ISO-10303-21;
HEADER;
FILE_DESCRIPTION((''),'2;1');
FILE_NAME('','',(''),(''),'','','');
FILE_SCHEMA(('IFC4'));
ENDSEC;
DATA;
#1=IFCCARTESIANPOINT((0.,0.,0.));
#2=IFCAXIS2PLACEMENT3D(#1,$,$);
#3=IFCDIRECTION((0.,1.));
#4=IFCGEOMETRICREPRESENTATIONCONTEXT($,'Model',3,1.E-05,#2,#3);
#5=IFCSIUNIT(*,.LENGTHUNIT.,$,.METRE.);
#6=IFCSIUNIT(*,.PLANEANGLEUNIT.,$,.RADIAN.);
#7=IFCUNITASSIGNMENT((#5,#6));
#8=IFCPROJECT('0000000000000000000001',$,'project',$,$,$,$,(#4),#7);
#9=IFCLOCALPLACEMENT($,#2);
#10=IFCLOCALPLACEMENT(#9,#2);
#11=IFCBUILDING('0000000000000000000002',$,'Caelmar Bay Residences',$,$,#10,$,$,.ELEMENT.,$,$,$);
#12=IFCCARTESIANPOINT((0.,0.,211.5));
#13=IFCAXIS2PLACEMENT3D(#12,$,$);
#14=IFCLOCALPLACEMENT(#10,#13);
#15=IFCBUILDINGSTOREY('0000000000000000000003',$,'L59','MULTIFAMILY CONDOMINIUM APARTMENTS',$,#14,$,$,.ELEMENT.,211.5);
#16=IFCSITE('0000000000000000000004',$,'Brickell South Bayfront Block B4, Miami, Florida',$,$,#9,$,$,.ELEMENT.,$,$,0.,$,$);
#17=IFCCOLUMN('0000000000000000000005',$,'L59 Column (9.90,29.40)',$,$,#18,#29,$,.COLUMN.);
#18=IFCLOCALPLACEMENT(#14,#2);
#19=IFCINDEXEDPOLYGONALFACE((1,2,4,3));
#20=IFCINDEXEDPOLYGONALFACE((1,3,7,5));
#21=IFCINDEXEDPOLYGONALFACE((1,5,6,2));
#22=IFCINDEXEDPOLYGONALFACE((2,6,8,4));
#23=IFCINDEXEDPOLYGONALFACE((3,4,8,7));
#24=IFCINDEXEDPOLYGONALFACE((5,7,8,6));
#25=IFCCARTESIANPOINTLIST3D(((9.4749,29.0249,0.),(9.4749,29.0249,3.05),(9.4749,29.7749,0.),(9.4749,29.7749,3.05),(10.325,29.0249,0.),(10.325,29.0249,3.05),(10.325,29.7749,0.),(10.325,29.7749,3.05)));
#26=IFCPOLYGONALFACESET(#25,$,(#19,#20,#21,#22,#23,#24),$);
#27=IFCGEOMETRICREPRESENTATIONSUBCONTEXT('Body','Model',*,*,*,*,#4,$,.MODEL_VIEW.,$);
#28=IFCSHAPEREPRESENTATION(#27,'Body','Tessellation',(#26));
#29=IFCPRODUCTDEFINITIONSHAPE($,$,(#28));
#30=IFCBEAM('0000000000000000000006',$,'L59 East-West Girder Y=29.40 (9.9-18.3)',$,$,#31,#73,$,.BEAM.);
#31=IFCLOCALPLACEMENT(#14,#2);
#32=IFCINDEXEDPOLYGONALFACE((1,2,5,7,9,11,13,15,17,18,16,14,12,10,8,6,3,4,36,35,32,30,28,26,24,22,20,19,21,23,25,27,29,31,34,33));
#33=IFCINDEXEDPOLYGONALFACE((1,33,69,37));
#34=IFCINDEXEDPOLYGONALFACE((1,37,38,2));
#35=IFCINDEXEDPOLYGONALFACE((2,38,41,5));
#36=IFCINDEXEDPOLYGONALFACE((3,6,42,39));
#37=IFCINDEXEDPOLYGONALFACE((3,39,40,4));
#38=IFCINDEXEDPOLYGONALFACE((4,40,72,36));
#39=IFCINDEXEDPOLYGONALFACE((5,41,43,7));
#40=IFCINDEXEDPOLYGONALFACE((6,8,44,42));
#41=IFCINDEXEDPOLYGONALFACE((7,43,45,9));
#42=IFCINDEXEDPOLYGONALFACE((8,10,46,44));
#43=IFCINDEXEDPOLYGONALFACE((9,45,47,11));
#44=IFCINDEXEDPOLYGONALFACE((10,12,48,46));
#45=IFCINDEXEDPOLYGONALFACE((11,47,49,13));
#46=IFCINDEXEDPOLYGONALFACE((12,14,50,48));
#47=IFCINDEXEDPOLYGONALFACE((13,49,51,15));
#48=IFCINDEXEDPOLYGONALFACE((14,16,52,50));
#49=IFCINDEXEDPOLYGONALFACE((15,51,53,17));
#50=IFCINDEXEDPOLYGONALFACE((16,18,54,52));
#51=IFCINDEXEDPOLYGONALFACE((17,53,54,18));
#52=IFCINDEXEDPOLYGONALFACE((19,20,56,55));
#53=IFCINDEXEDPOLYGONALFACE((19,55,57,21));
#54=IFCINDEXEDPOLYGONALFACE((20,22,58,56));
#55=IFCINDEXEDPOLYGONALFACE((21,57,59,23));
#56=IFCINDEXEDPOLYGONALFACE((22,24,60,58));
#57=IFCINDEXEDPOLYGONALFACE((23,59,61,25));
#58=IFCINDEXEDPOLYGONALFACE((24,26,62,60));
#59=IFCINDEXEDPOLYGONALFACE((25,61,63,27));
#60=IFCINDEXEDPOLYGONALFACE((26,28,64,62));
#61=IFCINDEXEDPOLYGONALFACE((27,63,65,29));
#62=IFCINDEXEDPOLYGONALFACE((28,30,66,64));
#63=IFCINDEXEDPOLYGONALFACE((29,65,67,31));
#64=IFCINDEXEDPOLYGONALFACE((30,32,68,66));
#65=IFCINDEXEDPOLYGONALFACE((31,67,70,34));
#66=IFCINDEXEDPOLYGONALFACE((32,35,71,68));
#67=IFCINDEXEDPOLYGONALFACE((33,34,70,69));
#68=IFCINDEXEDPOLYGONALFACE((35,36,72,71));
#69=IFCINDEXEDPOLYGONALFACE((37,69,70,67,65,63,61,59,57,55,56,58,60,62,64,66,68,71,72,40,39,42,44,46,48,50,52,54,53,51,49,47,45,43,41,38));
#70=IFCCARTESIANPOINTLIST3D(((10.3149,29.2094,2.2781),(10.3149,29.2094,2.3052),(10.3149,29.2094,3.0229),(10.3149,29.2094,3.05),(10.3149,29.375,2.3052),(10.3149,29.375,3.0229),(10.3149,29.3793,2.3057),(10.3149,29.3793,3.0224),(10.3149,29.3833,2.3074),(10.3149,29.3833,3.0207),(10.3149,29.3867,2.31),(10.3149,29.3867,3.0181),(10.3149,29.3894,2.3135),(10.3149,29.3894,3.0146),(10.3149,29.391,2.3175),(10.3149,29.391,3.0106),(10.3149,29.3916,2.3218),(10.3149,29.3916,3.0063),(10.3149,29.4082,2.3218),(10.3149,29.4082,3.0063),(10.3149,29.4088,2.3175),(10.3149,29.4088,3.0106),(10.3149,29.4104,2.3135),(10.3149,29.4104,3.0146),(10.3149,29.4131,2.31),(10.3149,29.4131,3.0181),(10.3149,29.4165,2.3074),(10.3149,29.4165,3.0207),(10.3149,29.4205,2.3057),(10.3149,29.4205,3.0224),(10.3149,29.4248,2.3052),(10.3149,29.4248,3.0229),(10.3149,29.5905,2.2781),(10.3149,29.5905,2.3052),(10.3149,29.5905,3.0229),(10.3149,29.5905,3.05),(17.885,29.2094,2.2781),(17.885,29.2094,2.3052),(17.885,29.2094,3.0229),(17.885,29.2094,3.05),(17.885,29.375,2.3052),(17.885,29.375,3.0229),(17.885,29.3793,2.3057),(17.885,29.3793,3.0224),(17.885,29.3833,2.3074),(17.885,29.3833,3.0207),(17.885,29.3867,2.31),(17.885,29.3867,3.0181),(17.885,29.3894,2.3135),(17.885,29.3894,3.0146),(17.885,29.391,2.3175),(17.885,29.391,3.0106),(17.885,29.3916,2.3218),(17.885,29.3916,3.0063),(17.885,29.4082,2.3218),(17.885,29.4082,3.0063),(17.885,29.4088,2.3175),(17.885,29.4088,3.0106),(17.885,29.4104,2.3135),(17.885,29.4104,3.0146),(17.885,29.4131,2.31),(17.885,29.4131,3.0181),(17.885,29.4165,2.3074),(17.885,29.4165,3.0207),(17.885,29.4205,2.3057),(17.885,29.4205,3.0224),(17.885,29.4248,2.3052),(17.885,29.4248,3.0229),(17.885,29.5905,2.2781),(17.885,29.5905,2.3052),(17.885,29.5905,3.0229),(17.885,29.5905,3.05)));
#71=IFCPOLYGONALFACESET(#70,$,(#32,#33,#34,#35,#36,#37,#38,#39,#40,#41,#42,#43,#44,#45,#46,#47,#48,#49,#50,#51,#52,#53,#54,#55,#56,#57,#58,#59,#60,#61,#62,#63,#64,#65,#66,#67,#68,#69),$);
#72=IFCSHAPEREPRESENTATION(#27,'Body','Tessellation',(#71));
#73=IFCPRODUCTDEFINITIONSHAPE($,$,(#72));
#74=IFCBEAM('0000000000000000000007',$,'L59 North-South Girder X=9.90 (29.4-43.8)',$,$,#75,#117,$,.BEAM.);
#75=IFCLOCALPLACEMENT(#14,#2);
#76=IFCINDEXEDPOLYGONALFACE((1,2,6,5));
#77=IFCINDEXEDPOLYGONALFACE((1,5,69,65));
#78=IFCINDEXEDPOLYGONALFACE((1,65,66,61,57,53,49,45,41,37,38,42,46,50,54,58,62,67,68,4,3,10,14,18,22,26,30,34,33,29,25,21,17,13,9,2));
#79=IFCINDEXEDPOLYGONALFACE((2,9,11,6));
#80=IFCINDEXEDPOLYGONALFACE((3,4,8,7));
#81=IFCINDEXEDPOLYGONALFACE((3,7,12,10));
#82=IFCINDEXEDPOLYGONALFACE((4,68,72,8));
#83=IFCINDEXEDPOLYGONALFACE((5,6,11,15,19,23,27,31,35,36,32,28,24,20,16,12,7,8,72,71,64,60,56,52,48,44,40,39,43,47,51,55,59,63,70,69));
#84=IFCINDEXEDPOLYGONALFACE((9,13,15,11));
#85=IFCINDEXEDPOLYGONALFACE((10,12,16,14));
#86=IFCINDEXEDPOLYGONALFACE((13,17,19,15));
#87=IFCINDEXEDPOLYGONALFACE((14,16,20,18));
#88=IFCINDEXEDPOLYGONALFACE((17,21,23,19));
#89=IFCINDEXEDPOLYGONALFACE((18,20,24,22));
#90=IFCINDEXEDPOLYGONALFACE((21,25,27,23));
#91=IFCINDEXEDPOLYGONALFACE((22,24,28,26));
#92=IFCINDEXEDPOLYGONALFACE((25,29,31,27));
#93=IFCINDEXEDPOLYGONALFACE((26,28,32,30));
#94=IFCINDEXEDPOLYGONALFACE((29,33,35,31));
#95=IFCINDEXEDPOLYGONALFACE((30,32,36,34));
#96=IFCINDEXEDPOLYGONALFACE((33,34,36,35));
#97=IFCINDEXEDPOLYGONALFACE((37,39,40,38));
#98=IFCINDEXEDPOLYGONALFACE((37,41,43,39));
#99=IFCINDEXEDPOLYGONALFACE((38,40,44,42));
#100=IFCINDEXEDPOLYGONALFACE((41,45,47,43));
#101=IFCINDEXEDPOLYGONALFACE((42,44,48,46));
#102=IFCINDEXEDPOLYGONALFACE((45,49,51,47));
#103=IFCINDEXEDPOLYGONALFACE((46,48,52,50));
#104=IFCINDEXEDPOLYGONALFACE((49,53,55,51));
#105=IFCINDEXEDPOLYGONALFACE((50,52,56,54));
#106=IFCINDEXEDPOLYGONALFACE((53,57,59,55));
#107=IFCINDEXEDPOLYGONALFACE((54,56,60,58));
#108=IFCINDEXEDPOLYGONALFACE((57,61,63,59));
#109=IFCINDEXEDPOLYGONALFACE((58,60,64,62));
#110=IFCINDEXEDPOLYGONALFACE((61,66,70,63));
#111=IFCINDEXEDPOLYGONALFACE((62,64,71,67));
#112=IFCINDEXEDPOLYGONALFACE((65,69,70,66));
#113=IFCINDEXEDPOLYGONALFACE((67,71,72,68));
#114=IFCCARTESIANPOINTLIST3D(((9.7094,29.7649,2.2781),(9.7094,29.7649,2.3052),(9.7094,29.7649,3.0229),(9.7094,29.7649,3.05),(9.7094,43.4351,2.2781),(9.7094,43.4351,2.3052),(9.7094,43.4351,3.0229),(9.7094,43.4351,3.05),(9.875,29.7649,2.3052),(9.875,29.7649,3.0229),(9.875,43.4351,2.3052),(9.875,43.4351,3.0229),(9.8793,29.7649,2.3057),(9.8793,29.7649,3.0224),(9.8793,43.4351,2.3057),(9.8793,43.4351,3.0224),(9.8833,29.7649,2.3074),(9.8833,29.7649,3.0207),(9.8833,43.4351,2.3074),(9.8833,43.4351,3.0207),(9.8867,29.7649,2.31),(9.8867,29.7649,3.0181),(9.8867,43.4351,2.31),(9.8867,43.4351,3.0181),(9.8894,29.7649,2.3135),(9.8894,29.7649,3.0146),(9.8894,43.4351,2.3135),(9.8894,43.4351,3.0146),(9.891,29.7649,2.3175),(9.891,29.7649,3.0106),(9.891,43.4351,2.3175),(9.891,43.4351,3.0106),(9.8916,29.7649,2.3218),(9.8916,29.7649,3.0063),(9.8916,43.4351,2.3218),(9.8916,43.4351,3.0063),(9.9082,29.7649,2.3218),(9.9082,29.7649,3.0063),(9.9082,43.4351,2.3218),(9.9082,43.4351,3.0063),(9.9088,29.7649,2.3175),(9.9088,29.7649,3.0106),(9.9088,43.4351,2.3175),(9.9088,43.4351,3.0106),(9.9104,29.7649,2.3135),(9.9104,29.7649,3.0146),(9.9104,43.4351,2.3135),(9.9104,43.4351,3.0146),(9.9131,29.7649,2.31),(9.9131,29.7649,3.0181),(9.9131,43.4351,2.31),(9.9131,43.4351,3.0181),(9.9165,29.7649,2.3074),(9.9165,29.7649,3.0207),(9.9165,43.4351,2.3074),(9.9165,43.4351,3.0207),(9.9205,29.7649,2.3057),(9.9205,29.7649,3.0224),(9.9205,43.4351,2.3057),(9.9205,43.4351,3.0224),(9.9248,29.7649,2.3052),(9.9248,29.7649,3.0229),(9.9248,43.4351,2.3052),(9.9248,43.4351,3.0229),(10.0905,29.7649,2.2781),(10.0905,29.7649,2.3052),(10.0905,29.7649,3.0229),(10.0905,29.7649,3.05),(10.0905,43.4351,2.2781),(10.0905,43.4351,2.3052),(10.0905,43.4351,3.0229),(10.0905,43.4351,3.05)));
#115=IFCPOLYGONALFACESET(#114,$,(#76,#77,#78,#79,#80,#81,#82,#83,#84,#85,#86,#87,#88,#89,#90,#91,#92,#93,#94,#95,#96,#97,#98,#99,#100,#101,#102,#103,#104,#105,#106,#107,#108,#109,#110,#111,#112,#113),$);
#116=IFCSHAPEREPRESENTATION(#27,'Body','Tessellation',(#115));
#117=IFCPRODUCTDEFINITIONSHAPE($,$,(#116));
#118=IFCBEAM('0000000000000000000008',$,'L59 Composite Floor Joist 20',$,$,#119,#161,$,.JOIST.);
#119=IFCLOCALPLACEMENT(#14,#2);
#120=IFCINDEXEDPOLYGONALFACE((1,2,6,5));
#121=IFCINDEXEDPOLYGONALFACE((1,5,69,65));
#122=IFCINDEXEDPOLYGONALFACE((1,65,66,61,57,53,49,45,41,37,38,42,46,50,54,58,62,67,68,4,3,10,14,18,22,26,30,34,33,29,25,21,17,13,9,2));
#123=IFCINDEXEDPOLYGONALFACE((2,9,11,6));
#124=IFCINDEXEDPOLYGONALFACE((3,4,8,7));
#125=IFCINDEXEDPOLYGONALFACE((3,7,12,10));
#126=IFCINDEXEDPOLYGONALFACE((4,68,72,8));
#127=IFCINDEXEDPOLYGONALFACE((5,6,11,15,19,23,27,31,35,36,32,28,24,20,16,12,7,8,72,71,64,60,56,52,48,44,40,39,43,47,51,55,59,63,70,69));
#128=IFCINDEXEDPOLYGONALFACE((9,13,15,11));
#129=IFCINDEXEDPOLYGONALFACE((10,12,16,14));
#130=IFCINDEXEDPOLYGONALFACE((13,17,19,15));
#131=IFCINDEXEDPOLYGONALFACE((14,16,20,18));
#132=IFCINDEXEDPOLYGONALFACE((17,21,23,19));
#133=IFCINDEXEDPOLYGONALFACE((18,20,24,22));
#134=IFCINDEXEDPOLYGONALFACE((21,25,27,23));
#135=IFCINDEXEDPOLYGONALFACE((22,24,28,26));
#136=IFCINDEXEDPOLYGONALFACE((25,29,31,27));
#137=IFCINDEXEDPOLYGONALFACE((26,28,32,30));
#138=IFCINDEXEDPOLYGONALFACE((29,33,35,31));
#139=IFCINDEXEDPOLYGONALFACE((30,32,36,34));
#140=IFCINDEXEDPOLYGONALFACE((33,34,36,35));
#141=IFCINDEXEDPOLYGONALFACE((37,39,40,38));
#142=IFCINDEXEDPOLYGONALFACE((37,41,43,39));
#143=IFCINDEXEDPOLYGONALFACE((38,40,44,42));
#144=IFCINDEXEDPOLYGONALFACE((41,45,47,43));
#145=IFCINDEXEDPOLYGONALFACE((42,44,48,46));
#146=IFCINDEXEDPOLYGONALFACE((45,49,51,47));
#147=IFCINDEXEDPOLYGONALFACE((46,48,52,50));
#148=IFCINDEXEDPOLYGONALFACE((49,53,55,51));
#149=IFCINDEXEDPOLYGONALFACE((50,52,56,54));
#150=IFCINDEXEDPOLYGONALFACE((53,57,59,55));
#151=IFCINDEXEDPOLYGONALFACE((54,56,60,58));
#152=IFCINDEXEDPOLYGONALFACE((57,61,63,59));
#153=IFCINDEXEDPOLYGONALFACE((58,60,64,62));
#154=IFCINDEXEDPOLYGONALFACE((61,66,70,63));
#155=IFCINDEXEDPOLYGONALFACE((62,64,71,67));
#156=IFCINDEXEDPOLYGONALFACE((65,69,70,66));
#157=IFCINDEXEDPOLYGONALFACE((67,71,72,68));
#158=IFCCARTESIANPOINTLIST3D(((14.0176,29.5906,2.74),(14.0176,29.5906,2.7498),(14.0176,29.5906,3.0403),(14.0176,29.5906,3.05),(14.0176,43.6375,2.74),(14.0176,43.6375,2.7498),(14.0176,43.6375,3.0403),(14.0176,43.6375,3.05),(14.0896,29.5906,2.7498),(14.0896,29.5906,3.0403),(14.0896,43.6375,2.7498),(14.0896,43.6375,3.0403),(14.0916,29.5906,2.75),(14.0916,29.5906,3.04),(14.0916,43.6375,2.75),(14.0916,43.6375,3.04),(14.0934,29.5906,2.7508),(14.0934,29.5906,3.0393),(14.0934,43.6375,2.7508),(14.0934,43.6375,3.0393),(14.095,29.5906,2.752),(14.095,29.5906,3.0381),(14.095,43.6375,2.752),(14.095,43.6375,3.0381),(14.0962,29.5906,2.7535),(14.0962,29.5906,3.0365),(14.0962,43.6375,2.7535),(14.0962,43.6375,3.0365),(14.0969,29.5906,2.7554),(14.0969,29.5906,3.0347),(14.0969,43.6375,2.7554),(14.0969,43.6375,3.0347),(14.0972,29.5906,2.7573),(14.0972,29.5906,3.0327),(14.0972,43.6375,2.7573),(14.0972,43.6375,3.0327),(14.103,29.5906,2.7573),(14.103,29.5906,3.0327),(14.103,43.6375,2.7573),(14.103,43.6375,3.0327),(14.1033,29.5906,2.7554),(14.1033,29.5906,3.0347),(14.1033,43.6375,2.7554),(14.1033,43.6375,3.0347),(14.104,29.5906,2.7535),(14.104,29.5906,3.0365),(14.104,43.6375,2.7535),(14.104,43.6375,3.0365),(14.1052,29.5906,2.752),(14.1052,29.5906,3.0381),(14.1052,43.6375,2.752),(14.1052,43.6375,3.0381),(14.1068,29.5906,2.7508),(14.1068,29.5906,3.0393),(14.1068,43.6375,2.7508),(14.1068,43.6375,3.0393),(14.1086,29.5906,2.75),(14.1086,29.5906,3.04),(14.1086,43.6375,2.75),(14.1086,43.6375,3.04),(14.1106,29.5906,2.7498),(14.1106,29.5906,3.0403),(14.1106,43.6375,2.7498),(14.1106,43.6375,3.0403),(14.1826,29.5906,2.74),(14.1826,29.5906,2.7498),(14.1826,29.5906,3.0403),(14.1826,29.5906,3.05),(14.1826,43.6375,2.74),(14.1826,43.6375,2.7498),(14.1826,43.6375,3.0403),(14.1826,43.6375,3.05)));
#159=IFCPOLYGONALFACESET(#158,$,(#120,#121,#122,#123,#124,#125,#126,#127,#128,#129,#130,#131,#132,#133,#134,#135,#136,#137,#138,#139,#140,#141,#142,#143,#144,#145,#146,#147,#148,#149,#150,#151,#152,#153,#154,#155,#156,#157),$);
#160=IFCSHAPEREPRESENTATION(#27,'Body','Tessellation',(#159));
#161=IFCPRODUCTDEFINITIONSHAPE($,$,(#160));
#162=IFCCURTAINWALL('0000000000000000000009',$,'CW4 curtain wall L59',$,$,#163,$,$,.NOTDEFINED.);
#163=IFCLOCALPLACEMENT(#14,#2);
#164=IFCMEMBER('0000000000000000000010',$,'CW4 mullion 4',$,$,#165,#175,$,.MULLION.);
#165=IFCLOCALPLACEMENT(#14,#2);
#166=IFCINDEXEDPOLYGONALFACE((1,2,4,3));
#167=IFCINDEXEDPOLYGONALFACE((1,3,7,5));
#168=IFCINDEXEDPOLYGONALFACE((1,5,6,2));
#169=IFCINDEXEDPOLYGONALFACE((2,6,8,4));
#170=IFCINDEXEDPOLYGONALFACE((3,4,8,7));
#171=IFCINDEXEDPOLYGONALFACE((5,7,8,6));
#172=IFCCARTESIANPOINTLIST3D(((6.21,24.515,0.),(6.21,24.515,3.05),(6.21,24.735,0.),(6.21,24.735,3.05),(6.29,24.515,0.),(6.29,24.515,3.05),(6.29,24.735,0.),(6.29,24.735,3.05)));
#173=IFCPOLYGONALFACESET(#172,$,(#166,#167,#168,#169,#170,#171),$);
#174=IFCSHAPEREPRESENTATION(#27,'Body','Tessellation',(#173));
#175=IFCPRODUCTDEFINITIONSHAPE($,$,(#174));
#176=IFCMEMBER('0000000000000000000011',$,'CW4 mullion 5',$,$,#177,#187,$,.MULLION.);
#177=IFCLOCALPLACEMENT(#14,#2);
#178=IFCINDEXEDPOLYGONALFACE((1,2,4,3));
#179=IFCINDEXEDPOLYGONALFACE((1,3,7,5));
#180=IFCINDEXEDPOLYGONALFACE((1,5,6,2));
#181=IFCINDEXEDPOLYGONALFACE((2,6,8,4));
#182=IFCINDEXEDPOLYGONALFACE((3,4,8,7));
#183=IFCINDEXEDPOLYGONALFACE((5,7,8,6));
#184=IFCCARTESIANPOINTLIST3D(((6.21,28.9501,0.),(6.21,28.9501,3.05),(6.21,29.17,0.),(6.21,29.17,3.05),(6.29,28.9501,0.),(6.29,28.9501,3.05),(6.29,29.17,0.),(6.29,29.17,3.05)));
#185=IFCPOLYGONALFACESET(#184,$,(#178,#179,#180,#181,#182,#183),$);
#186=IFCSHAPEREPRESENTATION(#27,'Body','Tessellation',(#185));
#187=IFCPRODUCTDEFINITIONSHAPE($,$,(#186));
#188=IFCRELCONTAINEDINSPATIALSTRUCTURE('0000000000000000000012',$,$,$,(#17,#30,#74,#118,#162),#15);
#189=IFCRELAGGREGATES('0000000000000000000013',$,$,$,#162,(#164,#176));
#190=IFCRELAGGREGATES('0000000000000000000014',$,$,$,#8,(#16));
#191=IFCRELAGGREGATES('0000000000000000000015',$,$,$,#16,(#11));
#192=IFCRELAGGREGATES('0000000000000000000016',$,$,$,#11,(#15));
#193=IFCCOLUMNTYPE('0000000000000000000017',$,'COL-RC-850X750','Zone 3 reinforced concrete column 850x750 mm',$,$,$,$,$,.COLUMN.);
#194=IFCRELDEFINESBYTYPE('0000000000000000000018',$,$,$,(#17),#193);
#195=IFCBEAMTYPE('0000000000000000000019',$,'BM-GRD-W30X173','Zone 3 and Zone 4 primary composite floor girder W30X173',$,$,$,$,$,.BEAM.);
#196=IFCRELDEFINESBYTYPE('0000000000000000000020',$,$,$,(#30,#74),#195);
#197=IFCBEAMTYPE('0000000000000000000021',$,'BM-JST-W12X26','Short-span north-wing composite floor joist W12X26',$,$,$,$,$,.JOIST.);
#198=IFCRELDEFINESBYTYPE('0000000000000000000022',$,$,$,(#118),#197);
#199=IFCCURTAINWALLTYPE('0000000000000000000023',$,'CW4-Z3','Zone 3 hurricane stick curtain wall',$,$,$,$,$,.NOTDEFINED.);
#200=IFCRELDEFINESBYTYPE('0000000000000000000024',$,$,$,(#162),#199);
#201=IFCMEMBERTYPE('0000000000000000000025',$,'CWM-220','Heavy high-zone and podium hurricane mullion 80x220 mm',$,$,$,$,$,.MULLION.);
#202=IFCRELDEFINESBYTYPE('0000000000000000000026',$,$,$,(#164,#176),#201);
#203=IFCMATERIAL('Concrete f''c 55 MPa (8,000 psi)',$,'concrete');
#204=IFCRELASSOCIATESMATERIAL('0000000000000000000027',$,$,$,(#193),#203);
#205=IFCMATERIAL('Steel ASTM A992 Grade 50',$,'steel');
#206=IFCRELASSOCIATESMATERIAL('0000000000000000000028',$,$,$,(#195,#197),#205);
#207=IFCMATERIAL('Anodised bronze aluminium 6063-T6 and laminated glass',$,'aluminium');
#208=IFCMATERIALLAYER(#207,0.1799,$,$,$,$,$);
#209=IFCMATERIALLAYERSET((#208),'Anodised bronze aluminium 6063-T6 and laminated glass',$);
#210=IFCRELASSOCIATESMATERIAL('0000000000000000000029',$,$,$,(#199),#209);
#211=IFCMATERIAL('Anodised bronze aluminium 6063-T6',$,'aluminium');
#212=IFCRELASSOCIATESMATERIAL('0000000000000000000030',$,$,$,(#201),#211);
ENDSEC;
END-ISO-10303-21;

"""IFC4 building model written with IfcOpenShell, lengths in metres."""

from ifc_helpers import new_model, si_unit, direction, frame, origin, origin_2d, place, context, subcontext, project, spatial, rectangle, i_section, extrude, material, layer, layer_set, material_profile, profile_set, type_object, element, aggregate, save


model = new_model("IFC4")

# Units and contexts
model_context = context("Model", 3, precision=1e-05, world=origin(), true_north=direction((0.0, 1.0)))
body_context = subcontext(model_context, "Body", "Model", "MODEL_VIEW")
ifc_project = project(units=[si_unit("LENGTHUNIT", "METRE"), si_unit("PLANEANGLEUNIT", "RADIAN")], contexts=[model_context])

# Site, building, storey
site_placement = place(None, origin())
site = spatial("IfcSite", under=ifc_project, at=site_placement, Name="Brickell South Bayfront Block B4, Miami, Florida", CompositionType="ELEMENT", RefElevation=0.0)
building_placement = place(site_placement, origin())
building = spatial("IfcBuilding", under=site, at=building_placement, Name="Caelmar Bay Residences", CompositionType="ELEMENT")
storey_placement = place(building_placement, frame((0.0, 0.0, 211.5)))
storey = spatial("IfcBuildingStorey", under=building, at=storey_placement, Name="L59", Description="MULTIFAMILY CONDOMINIUM APARTMENTS", CompositionType="ELEMENT", Elevation=211.5)

# Column
ifc_material_1 = material(Name="Concrete f'c 55 MPa (8,000 psi)", Category="concrete")
ifc_material_profile_1 = material_profile(ifc_material_1, rectangle(XDim=0.8501, YDim=0.75, at=origin_2d()), Name="RC-COL-850X750")
ifc_profile_set_1 = profile_set([ifc_material_profile_1], Name="Concrete f'c 55 MPa (8,000 psi)")
column_type = type_object("IfcColumnType", Name="COL-RC-850X750", Description="Zone 3 reinforced concrete column 850x750 mm", PredefinedType="COLUMN", material=ifc_profile_set_1)
column_placement = place(storey_placement, frame((9.8999, 29.3999, 0.0), z_axis=(0.0, 0.0, 1.0), x_axis=(1.0, 0.0, 0.0)))
element("IfcColumn", 1, at=column_placement, inside=storey, type_object=column_type, Name="L59 Column (9.90,29.40)", PredefinedType="COLUMN", context=body_context, shape_type="SweptSolid", body=[
    extrude(rectangle(XDim=0.8501, YDim=0.75, at=origin_2d()), origin(), (0.0, 0.0, 1.0), 3.05),
])

# Beams
ifc_material_2 = material(Name="Steel ASTM A992 Grade 50", Category="steel")
ifc_material_profile_2 = material_profile(ifc_material_2, i_section(OverallWidth=0.3811, OverallDepth=0.772, WebThickness=0.0166, FlangeThickness=0.0271, FilletRadius=0.0166, at=origin_2d()), Name="W30X173")
ifc_profile_set_2 = profile_set([ifc_material_profile_2], Name="Steel ASTM A992 Grade 50")
beam_type_1 = type_object("IfcBeamType", Name="BM-GRD-W30X173", Description="Zone 3 and Zone 4 primary composite floor girder W30X173", PredefinedType="BEAM", material=ifc_profile_set_2)
beam_1_placement = place(storey_placement, frame((10.3149, 29.3999, 2.6641), z_axis=(1.0, 0.0, 0.0), x_axis=(0.0, 1.0, 0.0)))
element("IfcBeam", 2, at=beam_1_placement, inside=storey, type_object=beam_type_1, Name="L59 East-West Girder Y=29.40 (9.9-18.3)", PredefinedType="BEAM", context=body_context, shape_type="SweptSolid", body=[
    extrude(i_section(OverallWidth=0.3811, OverallDepth=0.772, WebThickness=0.0166, FlangeThickness=0.0271, FilletRadius=0.0166, at=origin_2d()), origin(), (0.0, 0.0, 1.0), 7.5701),
])
beam_2_placement = place(storey_placement, frame((9.8999, 29.7649, 2.6641), z_axis=(0.0, 1.0, 0.0), x_axis=(-1.0, 0.0, 0.0)))
element("IfcBeam", 3, at=beam_2_placement, inside=storey, type_object=beam_type_1, Name="L59 North-South Girder X=9.90 (29.4-43.8)", PredefinedType="BEAM", context=body_context, shape_type="SweptSolid", body=[
    extrude(i_section(OverallWidth=0.3811, OverallDepth=0.772, WebThickness=0.0166, FlangeThickness=0.0271, FilletRadius=0.0166, at=origin_2d()), origin(), (0.0, 0.0, 1.0), 13.6702),
])
ifc_material_profile_3 = material_profile(ifc_material_2, i_section(OverallWidth=0.165, OverallDepth=0.3101, WebThickness=0.0059, FlangeThickness=0.0098, FilletRadius=0.0076, at=origin_2d()), Name="W12X26")
ifc_profile_set_3 = profile_set([ifc_material_profile_3], Name="Steel ASTM A992 Grade 50")
beam_type_2 = type_object("IfcBeamType", Name="BM-JST-W12X26", Description="Short-span north-wing composite floor joist W12X26", PredefinedType="JOIST", material=ifc_profile_set_3)
beam_3_placement = place(storey_placement, frame((14.1001, 29.5906, 2.895), z_axis=(0.0, 1.0, 0.0), x_axis=(-1.0, 0.0, 0.0)))
element("IfcBeam", 4, at=beam_3_placement, inside=storey, type_object=beam_type_2, Name="L59 Composite Floor Joist 20", PredefinedType="JOIST", context=body_context, shape_type="SweptSolid", body=[
    extrude(i_section(OverallWidth=0.165, OverallDepth=0.3101, WebThickness=0.0059, FlangeThickness=0.0098, FilletRadius=0.0076, at=origin_2d()), origin(), (0.0, 0.0, 1.0), 14.0469),
])

# Curtain wall, members
ifc_material_3 = material(Name="Anodised bronze aluminium 6063-T6 and laminated glass", Category="aluminium")
ifc_layer_1 = layer(ifc_material_3, 0.1799)
ifc_layer_set_1 = layer_set([ifc_layer_1], Name="Anodised bronze aluminium 6063-T6 and laminated glass")
curtain_wall_type = type_object("IfcCurtainWallType", Name="CW4-Z3", Description="Zone 3 hurricane stick curtain wall", PredefinedType="NOTDEFINED", material=ifc_layer_set_1)
curtain_wall_placement = place(storey_placement, origin())
curtain_wall = element("IfcCurtainWall", 5, at=curtain_wall_placement, inside=storey, type_object=curtain_wall_type, Name="CW4 curtain wall L59", PredefinedType="NOTDEFINED")
ifc_material_4 = material(Name="Anodised bronze aluminium 6063-T6", Category="aluminium")
ifc_material_profile_4 = material_profile(ifc_material_4, rectangle(XDim=0.0801, YDim=0.22, at=origin_2d()), Name="CWM-80X220")
ifc_profile_set_4 = profile_set([ifc_material_profile_4], Name="Anodised bronze aluminium 6063-T6")
member_type_1 = type_object("IfcMemberType", Name="CWM-220", Description="Heavy high-zone and podium hurricane mullion 80x220 mm", PredefinedType="MULLION", material=ifc_profile_set_4)
member_1_placement = place(storey_placement, frame((6.25, 24.625, 0.0), z_axis=(0.0, 0.0, 1.0), x_axis=(-1.0, 0.0, 0.0)))
member_1 = element("IfcMember", 6, at=member_1_placement, type_object=member_type_1, Name="CW4 mullion 4", PredefinedType="MULLION", context=body_context, shape_type="SweptSolid", body=[
    extrude(rectangle(XDim=0.0801, YDim=0.22, at=origin_2d()), origin(), (0.0, 0.0, 1.0), 3.05),
])
member_2_placement = place(storey_placement, frame((6.25, 29.0601, 0.0), z_axis=(0.0, 0.0, 1.0), x_axis=(-1.0, 0.0, 0.0)))
member_2 = element("IfcMember", 7, at=member_2_placement, type_object=member_type_1, Name="CW4 mullion 5", PredefinedType="MULLION", context=body_context, shape_type="SweptSolid", body=[
    extrude(rectangle(XDim=0.0801, YDim=0.22, at=origin_2d()), origin(), (0.0, 0.0, 1.0), 3.05),
])
aggregate(curtain_wall, [member_1, member_2])

save(model, "model.ifc")
